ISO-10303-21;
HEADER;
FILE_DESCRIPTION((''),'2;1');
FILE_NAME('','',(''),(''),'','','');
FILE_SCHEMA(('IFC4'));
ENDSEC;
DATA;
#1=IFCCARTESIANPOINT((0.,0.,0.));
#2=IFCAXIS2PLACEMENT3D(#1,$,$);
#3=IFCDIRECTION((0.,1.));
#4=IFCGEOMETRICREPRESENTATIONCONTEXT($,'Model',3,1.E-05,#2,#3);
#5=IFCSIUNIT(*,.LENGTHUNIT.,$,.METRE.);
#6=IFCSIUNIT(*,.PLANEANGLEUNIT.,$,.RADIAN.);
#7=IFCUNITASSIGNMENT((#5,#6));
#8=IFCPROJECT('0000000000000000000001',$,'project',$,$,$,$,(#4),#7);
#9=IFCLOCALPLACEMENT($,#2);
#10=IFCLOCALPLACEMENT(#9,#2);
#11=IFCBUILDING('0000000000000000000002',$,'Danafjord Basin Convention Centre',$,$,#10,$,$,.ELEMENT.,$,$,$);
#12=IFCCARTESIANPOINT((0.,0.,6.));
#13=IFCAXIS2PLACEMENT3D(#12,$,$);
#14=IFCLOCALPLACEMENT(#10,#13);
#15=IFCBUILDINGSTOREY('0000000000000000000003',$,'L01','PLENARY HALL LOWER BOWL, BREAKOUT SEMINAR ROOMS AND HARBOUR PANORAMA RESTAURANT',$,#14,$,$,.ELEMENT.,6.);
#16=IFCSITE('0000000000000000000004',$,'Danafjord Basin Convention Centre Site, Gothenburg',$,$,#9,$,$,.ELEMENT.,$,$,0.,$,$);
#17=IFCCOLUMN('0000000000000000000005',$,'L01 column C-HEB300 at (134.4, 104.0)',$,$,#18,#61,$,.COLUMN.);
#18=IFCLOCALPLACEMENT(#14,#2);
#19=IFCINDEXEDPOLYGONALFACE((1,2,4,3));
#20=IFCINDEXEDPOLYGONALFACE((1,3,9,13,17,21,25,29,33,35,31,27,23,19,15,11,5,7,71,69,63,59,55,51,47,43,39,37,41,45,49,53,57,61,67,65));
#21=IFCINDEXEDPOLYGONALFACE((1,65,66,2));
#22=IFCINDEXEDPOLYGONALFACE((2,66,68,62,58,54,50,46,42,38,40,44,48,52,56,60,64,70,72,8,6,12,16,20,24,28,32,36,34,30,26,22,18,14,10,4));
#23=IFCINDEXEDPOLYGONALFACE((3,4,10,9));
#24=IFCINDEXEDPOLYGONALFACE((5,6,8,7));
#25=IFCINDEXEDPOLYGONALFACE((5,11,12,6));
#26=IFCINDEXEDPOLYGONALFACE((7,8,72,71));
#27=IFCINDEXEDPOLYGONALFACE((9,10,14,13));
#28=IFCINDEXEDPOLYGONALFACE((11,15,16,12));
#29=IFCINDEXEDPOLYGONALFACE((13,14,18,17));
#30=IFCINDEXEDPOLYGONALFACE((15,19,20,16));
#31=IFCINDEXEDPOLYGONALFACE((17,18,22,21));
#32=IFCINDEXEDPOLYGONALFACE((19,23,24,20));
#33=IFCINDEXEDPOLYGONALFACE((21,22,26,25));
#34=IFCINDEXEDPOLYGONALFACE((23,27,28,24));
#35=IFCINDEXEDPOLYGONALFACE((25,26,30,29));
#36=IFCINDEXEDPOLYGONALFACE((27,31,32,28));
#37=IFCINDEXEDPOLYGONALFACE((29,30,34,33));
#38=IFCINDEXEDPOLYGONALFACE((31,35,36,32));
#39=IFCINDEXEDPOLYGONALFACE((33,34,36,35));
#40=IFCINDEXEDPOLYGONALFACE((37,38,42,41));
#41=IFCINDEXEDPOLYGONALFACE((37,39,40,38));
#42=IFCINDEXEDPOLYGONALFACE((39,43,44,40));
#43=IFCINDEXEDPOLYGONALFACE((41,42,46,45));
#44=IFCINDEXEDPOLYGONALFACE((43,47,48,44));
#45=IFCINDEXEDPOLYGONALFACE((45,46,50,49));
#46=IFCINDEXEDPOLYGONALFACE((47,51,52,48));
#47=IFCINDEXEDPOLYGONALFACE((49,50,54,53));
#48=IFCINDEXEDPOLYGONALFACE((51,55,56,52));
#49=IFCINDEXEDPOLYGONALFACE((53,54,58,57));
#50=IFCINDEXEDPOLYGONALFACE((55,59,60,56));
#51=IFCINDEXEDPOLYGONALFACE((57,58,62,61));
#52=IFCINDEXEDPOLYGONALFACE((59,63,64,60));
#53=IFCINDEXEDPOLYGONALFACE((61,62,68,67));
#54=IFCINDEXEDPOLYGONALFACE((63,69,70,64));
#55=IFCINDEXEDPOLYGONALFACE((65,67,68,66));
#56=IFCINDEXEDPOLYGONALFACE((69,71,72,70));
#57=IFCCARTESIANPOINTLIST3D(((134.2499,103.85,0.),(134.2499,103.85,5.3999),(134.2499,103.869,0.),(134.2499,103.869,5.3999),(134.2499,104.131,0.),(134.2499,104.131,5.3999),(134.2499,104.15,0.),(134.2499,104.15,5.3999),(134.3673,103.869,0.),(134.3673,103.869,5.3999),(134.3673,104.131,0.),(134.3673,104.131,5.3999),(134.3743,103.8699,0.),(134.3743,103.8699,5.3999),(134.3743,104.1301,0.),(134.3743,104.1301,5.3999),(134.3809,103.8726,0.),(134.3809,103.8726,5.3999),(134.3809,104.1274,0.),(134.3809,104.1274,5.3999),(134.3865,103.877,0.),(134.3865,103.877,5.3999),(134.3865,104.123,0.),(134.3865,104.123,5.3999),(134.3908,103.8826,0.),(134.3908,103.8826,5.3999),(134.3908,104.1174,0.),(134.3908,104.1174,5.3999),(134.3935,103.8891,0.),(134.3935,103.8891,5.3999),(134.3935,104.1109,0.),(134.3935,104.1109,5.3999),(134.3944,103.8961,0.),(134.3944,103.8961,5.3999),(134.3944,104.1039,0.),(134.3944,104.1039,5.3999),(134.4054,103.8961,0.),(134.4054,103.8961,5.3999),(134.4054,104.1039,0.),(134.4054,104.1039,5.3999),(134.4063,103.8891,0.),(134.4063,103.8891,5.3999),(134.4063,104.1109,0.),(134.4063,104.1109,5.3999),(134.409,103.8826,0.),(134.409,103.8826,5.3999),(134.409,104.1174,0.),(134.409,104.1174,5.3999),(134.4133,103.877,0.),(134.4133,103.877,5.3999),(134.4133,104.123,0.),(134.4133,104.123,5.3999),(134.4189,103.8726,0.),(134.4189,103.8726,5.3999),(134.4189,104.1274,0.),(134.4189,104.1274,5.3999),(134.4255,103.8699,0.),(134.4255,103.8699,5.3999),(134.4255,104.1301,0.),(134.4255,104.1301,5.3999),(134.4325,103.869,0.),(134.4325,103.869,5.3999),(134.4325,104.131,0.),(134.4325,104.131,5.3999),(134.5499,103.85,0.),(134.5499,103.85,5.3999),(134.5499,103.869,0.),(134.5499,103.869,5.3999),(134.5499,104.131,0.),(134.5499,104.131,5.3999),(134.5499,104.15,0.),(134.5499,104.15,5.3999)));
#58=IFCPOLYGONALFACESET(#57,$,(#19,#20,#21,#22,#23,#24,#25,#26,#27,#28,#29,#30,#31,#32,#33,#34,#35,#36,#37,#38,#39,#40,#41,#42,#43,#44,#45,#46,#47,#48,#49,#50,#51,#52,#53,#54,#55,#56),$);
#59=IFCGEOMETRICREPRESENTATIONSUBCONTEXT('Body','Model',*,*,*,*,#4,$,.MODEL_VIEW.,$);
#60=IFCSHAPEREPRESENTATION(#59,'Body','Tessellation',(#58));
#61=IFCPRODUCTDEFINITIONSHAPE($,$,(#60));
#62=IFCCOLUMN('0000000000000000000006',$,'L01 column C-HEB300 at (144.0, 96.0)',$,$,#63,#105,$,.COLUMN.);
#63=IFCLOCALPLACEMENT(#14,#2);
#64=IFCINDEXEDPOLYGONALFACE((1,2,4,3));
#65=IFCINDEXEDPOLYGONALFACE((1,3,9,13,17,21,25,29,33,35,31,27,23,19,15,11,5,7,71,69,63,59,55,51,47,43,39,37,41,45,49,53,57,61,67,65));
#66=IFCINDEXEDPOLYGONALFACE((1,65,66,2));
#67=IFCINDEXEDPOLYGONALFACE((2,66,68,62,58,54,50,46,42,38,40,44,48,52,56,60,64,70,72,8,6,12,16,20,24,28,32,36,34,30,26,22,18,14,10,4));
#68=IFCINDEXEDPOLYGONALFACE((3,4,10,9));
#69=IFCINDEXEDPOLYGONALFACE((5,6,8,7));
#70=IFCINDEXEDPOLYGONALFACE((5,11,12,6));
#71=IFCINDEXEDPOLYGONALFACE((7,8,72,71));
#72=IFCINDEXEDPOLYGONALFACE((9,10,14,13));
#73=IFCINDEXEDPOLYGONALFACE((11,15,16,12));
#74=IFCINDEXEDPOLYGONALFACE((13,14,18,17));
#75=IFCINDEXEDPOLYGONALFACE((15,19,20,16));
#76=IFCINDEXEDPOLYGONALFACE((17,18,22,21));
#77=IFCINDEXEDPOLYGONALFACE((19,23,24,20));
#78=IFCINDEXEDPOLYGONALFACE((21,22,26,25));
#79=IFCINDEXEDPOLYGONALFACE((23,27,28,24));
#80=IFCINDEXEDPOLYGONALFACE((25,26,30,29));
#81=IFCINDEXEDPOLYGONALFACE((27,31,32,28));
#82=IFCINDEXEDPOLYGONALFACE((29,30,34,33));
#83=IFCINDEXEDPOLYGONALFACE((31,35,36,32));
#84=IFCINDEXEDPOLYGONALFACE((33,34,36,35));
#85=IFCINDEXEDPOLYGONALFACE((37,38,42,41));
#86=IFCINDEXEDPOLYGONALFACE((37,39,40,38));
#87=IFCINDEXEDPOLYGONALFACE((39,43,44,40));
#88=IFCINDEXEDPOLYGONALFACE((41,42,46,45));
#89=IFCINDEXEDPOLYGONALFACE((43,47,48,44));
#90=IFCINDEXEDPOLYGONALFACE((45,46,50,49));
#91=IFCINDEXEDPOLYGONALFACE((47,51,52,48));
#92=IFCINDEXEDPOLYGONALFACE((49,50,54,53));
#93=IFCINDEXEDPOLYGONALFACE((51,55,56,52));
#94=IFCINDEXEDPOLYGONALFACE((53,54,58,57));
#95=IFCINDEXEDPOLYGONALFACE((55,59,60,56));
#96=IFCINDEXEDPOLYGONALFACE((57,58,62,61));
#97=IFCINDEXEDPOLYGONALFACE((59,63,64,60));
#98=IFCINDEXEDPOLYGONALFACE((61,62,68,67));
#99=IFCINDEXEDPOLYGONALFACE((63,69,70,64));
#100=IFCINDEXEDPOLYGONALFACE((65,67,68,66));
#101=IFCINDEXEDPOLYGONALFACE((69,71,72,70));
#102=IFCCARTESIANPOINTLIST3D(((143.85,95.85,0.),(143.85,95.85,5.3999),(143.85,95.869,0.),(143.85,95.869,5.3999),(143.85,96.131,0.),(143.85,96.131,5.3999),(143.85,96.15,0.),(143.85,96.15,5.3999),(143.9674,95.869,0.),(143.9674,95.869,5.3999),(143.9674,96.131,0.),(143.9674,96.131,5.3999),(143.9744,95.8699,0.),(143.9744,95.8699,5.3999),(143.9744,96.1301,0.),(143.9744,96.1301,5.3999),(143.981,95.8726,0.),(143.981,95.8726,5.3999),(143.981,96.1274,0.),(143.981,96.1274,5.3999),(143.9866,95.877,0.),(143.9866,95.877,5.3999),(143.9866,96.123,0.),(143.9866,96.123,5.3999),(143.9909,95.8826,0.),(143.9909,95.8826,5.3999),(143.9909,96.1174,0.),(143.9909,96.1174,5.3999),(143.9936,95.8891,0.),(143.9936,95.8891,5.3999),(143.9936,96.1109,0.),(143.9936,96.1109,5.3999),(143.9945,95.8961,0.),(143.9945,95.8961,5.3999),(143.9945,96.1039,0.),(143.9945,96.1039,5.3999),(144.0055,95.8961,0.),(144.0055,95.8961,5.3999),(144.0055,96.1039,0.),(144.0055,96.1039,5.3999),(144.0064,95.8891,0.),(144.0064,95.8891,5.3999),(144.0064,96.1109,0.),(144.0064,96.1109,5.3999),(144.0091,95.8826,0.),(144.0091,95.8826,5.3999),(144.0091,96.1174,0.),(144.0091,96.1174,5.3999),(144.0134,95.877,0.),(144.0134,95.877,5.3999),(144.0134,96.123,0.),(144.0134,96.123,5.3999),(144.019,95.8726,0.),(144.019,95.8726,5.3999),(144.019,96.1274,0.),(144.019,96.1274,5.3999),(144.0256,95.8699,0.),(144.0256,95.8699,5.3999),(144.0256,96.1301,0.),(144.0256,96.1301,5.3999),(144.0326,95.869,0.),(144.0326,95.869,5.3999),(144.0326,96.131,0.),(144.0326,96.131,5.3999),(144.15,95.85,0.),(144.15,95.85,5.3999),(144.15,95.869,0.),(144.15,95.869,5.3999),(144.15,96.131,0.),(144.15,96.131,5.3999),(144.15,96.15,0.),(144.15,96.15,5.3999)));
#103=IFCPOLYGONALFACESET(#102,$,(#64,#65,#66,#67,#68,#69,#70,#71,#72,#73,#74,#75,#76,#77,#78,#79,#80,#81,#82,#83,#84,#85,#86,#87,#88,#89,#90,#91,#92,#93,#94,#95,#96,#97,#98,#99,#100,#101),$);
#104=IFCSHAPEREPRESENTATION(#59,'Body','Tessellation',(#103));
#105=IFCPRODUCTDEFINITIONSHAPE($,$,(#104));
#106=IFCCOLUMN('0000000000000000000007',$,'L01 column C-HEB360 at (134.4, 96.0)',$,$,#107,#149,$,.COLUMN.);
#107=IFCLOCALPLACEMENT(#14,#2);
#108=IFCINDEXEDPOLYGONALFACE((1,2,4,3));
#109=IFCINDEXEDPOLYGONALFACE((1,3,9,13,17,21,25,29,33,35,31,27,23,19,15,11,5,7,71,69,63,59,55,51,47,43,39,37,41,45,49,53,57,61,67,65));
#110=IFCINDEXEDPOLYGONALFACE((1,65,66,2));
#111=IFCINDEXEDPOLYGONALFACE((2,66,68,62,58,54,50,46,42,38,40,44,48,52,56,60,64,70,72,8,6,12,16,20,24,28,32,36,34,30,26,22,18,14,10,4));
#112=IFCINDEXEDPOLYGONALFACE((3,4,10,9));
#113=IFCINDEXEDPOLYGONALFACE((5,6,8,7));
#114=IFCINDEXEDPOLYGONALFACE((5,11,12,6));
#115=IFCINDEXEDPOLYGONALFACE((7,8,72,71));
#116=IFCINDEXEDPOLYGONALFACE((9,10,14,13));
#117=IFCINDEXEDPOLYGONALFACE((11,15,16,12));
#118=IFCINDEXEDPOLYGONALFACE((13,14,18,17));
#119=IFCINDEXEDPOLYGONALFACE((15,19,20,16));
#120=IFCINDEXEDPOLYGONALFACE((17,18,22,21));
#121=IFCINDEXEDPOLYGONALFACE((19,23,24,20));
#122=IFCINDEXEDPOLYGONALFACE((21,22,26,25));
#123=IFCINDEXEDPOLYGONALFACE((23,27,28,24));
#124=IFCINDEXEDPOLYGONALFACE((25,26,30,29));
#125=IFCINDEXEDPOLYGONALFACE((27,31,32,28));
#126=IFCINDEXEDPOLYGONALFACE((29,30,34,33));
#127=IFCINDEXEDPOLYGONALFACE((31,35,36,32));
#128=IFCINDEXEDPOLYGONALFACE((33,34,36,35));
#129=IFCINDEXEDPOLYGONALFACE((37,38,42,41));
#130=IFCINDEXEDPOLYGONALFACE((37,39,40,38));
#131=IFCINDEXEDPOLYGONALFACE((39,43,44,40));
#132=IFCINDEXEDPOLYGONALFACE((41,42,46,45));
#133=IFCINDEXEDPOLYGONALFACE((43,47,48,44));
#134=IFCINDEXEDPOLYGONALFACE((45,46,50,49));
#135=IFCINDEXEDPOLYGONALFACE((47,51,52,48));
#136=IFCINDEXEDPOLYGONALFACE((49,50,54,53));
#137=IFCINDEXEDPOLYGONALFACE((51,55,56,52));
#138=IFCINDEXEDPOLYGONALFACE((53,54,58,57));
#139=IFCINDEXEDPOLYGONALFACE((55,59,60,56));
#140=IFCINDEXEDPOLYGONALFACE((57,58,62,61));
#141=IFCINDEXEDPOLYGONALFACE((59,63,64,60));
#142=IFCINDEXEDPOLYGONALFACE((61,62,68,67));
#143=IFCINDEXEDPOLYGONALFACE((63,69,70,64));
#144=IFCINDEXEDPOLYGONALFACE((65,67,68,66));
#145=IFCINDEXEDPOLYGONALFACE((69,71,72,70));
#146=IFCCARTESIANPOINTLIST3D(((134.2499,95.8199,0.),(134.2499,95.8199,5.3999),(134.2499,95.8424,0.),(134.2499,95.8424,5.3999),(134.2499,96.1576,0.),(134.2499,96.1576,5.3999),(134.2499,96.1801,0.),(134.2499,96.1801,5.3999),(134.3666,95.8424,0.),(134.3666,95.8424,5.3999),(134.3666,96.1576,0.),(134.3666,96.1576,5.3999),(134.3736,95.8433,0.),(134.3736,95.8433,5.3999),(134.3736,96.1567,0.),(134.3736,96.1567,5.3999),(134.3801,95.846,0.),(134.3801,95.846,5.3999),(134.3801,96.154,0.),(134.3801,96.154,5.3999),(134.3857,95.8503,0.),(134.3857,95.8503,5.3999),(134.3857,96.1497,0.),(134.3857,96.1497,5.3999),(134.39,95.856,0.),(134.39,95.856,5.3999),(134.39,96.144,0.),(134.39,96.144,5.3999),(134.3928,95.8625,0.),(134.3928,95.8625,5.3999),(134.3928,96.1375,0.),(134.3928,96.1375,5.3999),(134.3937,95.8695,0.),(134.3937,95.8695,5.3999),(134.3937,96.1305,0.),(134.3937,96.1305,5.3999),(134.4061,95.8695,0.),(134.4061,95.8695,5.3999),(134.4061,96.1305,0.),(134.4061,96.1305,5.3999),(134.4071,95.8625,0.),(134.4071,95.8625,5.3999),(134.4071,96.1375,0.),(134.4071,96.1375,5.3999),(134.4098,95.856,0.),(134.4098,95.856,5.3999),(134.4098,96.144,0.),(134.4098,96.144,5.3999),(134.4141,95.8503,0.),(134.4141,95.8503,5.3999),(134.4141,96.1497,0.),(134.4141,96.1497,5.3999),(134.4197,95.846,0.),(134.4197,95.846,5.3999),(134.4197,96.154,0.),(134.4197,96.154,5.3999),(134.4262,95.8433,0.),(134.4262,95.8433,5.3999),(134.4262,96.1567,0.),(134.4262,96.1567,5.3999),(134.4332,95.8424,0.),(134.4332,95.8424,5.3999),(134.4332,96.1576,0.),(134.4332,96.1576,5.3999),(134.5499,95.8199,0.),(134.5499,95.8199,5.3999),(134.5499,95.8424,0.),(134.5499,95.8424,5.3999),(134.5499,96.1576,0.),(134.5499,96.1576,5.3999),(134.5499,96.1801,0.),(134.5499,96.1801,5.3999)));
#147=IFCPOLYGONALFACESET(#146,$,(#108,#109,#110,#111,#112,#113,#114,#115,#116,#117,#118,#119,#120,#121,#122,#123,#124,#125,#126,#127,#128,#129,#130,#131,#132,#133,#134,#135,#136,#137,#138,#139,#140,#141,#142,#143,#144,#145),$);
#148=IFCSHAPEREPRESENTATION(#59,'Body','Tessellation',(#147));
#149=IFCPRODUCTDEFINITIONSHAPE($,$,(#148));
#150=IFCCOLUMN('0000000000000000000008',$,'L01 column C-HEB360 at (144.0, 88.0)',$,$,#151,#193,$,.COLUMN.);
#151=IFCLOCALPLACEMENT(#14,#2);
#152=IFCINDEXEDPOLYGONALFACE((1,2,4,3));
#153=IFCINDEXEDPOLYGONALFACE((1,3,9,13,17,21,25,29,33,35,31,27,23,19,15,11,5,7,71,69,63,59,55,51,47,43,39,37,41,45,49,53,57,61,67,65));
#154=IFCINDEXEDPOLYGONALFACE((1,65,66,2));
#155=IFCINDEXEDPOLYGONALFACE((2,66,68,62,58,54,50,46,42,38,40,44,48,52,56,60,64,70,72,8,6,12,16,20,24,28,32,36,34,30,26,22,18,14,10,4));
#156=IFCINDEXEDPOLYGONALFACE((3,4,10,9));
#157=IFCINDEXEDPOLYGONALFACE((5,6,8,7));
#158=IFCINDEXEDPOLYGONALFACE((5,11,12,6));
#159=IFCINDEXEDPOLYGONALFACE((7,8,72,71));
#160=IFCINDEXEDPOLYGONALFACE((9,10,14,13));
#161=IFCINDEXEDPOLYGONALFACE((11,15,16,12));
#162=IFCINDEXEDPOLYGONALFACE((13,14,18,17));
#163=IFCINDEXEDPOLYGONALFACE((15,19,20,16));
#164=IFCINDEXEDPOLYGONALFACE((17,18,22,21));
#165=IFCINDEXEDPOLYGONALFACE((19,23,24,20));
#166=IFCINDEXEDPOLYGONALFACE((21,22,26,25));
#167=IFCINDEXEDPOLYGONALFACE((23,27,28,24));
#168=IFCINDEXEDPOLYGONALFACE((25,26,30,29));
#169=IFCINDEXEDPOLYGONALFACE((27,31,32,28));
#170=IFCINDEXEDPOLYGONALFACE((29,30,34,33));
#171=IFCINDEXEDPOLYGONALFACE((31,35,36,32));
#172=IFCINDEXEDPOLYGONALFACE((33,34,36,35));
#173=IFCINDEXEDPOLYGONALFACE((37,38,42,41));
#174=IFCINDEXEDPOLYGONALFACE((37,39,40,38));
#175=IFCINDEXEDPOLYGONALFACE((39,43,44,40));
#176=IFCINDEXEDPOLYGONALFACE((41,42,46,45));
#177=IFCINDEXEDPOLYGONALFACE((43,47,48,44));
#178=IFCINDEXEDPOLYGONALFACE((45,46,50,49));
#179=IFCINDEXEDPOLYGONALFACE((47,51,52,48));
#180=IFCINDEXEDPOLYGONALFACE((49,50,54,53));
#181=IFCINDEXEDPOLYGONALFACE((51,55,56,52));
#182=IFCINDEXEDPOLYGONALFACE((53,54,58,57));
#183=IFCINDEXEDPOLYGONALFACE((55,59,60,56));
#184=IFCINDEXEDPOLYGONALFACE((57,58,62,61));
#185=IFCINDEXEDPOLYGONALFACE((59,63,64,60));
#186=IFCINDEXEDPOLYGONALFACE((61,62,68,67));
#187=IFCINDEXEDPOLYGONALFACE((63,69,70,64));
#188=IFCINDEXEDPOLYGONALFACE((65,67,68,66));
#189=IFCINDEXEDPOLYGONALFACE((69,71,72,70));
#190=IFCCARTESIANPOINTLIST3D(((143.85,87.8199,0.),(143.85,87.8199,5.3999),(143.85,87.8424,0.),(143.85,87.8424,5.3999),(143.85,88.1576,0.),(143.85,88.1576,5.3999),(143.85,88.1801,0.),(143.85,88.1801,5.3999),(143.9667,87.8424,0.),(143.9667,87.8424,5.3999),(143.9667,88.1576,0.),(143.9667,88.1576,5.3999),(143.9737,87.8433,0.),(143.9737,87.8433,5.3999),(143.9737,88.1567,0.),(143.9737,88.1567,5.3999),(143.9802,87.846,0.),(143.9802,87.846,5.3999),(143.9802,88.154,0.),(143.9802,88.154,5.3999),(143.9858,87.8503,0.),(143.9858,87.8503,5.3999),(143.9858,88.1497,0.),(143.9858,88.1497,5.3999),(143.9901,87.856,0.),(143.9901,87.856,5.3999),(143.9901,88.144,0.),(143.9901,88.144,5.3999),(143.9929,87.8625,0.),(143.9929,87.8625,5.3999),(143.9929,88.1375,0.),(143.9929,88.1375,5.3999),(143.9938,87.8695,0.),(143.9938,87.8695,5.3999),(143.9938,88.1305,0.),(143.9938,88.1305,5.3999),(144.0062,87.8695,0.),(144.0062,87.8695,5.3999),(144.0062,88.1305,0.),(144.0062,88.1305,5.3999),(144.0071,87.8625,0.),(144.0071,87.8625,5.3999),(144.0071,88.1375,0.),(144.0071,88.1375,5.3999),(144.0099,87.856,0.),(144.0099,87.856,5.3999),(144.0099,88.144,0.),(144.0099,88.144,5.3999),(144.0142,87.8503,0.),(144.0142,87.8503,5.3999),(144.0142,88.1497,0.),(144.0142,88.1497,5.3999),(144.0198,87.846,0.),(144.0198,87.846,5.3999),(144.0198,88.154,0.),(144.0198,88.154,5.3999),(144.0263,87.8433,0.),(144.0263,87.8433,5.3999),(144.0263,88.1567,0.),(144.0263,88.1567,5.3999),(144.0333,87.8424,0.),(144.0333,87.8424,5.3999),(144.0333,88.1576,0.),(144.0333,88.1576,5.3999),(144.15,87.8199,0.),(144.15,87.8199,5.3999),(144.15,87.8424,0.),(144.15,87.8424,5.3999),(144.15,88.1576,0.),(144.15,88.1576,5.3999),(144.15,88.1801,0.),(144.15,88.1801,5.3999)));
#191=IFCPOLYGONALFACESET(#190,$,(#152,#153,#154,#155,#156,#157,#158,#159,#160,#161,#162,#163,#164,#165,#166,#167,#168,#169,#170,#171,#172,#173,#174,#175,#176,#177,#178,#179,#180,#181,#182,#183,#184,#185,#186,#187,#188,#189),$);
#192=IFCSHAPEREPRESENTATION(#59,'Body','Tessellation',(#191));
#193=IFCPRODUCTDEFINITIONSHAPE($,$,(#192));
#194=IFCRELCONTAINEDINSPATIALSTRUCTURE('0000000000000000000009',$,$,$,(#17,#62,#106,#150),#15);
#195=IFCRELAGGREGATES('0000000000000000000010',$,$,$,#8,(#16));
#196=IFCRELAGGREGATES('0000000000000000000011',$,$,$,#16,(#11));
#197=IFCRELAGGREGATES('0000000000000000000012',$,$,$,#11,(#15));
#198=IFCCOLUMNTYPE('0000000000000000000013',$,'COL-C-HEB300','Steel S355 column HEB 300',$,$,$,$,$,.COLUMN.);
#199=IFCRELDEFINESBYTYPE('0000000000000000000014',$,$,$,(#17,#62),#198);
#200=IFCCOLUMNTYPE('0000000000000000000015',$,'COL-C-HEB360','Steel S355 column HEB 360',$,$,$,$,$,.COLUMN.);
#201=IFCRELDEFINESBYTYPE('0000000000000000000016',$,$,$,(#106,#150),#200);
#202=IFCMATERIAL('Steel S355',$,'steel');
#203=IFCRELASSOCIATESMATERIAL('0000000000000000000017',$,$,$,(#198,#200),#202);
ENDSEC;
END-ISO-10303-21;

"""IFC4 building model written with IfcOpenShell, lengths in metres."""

from ifc_helpers import new_model, si_unit, direction, frame, origin, origin_2d, place, context, subcontext, project, spatial, i_section, extrude, material, material_profile, profile_set, type_object, element, save


model = new_model("IFC4")

# Units and contexts
model_context = context("Model", 3, precision=1e-05, world=origin(), true_north=direction((0.0, 1.0)))
body_context = subcontext(model_context, "Body", "Model", "MODEL_VIEW")
ifc_project = project(units=[si_unit("LENGTHUNIT", "METRE"), si_unit("PLANEANGLEUNIT", "RADIAN")], contexts=[model_context])

# Site, building, storey
site_placement = place(None, origin())
site = spatial("IfcSite", under=ifc_project, at=site_placement, Name="Danafjord Basin Convention Centre Site, Gothenburg", CompositionType="ELEMENT", RefElevation=0.0)
building_placement = place(site_placement, origin())
building = spatial("IfcBuilding", under=site, at=building_placement, Name="Danafjord Basin Convention Centre", CompositionType="ELEMENT")
storey_placement = place(building_placement, frame((0.0, 0.0, 6.0)))
storey = spatial("IfcBuildingStorey", under=building, at=storey_placement, Name="L01", Description="PLENARY HALL LOWER BOWL, BREAKOUT SEMINAR ROOMS AND HARBOUR PANORAMA RESTAURANT", CompositionType="ELEMENT", Elevation=6.0)

# Columns
ifc_material_1 = material(Name="Steel S355", Category="steel")
ifc_material_profile_1 = material_profile(ifc_material_1, i_section(OverallWidth=0.3, OverallDepth=0.3, WebThickness=0.011, FlangeThickness=0.019, FilletRadius=0.0271, at=origin_2d()), Name="HEB 300")
ifc_profile_set_1 = profile_set([ifc_material_profile_1], Name="Steel S355")
column_type_1 = type_object("IfcColumnType", Name="COL-C-HEB300", Description="Steel S355 column HEB 300", PredefinedType="COLUMN", material=ifc_profile_set_1)
for number, where, z_axis, x_axis, name in (
    (1, (134.3999, 104.0, 0.0), (0.0, 0.0, 1.0), (1.0, 0.0, 0.0), "L01 column C-HEB300 at (134.4, 104.0)"),
    (2, (144.0, 96.0, 0.0), (0.0, 0.0, 1.0), (1.0, 0.0, 0.0), "L01 column C-HEB300 at (144.0, 96.0)"),
):
    element("IfcColumn", number, at=place(storey_placement, frame(where, z_axis=z_axis, x_axis=x_axis)), inside=storey, type_object=column_type_1, Name=name, PredefinedType="COLUMN", context=body_context, shape_type="SweptSolid", body=[
        extrude(i_section(OverallWidth=0.3, OverallDepth=0.3, WebThickness=0.011, FlangeThickness=0.019, FilletRadius=0.0271, at=origin_2d()), origin(), (0.0, 0.0, 1.0), 5.3999),
    ])
ifc_material_profile_2 = material_profile(ifc_material_1, i_section(OverallWidth=0.3, OverallDepth=0.3601, WebThickness=0.0125, FlangeThickness=0.0225, FilletRadius=0.0271, at=origin_2d()), Name="HEB 360")
ifc_profile_set_2 = profile_set([ifc_material_profile_2], Name="Steel S355")
column_type_2 = type_object("IfcColumnType", Name="COL-C-HEB360", Description="Steel S355 column HEB 360", PredefinedType="COLUMN", material=ifc_profile_set_2)
for number, where, z_axis, x_axis, name in (
    (3, (134.3999, 96.0, 0.0), (0.0, 0.0, 1.0), (1.0, 0.0, 0.0), "L01 column C-HEB360 at (134.4, 96.0)"),
    (4, (144.0, 88.0, 0.0), (0.0, 0.0, 1.0), (1.0, 0.0, 0.0), "L01 column C-HEB360 at (144.0, 88.0)"),
):
    element("IfcColumn", number, at=place(storey_placement, frame(where, z_axis=z_axis, x_axis=x_axis)), inside=storey, type_object=column_type_2, Name=name, PredefinedType="COLUMN", context=body_context, shape_type="SweptSolid", body=[
        extrude(i_section(OverallWidth=0.3, OverallDepth=0.3601, WebThickness=0.0125, FlangeThickness=0.0225, FilletRadius=0.0271, at=origin_2d()), origin(), (0.0, 0.0, 1.0), 5.3999),
    ])

save(model, "model.ifc")
